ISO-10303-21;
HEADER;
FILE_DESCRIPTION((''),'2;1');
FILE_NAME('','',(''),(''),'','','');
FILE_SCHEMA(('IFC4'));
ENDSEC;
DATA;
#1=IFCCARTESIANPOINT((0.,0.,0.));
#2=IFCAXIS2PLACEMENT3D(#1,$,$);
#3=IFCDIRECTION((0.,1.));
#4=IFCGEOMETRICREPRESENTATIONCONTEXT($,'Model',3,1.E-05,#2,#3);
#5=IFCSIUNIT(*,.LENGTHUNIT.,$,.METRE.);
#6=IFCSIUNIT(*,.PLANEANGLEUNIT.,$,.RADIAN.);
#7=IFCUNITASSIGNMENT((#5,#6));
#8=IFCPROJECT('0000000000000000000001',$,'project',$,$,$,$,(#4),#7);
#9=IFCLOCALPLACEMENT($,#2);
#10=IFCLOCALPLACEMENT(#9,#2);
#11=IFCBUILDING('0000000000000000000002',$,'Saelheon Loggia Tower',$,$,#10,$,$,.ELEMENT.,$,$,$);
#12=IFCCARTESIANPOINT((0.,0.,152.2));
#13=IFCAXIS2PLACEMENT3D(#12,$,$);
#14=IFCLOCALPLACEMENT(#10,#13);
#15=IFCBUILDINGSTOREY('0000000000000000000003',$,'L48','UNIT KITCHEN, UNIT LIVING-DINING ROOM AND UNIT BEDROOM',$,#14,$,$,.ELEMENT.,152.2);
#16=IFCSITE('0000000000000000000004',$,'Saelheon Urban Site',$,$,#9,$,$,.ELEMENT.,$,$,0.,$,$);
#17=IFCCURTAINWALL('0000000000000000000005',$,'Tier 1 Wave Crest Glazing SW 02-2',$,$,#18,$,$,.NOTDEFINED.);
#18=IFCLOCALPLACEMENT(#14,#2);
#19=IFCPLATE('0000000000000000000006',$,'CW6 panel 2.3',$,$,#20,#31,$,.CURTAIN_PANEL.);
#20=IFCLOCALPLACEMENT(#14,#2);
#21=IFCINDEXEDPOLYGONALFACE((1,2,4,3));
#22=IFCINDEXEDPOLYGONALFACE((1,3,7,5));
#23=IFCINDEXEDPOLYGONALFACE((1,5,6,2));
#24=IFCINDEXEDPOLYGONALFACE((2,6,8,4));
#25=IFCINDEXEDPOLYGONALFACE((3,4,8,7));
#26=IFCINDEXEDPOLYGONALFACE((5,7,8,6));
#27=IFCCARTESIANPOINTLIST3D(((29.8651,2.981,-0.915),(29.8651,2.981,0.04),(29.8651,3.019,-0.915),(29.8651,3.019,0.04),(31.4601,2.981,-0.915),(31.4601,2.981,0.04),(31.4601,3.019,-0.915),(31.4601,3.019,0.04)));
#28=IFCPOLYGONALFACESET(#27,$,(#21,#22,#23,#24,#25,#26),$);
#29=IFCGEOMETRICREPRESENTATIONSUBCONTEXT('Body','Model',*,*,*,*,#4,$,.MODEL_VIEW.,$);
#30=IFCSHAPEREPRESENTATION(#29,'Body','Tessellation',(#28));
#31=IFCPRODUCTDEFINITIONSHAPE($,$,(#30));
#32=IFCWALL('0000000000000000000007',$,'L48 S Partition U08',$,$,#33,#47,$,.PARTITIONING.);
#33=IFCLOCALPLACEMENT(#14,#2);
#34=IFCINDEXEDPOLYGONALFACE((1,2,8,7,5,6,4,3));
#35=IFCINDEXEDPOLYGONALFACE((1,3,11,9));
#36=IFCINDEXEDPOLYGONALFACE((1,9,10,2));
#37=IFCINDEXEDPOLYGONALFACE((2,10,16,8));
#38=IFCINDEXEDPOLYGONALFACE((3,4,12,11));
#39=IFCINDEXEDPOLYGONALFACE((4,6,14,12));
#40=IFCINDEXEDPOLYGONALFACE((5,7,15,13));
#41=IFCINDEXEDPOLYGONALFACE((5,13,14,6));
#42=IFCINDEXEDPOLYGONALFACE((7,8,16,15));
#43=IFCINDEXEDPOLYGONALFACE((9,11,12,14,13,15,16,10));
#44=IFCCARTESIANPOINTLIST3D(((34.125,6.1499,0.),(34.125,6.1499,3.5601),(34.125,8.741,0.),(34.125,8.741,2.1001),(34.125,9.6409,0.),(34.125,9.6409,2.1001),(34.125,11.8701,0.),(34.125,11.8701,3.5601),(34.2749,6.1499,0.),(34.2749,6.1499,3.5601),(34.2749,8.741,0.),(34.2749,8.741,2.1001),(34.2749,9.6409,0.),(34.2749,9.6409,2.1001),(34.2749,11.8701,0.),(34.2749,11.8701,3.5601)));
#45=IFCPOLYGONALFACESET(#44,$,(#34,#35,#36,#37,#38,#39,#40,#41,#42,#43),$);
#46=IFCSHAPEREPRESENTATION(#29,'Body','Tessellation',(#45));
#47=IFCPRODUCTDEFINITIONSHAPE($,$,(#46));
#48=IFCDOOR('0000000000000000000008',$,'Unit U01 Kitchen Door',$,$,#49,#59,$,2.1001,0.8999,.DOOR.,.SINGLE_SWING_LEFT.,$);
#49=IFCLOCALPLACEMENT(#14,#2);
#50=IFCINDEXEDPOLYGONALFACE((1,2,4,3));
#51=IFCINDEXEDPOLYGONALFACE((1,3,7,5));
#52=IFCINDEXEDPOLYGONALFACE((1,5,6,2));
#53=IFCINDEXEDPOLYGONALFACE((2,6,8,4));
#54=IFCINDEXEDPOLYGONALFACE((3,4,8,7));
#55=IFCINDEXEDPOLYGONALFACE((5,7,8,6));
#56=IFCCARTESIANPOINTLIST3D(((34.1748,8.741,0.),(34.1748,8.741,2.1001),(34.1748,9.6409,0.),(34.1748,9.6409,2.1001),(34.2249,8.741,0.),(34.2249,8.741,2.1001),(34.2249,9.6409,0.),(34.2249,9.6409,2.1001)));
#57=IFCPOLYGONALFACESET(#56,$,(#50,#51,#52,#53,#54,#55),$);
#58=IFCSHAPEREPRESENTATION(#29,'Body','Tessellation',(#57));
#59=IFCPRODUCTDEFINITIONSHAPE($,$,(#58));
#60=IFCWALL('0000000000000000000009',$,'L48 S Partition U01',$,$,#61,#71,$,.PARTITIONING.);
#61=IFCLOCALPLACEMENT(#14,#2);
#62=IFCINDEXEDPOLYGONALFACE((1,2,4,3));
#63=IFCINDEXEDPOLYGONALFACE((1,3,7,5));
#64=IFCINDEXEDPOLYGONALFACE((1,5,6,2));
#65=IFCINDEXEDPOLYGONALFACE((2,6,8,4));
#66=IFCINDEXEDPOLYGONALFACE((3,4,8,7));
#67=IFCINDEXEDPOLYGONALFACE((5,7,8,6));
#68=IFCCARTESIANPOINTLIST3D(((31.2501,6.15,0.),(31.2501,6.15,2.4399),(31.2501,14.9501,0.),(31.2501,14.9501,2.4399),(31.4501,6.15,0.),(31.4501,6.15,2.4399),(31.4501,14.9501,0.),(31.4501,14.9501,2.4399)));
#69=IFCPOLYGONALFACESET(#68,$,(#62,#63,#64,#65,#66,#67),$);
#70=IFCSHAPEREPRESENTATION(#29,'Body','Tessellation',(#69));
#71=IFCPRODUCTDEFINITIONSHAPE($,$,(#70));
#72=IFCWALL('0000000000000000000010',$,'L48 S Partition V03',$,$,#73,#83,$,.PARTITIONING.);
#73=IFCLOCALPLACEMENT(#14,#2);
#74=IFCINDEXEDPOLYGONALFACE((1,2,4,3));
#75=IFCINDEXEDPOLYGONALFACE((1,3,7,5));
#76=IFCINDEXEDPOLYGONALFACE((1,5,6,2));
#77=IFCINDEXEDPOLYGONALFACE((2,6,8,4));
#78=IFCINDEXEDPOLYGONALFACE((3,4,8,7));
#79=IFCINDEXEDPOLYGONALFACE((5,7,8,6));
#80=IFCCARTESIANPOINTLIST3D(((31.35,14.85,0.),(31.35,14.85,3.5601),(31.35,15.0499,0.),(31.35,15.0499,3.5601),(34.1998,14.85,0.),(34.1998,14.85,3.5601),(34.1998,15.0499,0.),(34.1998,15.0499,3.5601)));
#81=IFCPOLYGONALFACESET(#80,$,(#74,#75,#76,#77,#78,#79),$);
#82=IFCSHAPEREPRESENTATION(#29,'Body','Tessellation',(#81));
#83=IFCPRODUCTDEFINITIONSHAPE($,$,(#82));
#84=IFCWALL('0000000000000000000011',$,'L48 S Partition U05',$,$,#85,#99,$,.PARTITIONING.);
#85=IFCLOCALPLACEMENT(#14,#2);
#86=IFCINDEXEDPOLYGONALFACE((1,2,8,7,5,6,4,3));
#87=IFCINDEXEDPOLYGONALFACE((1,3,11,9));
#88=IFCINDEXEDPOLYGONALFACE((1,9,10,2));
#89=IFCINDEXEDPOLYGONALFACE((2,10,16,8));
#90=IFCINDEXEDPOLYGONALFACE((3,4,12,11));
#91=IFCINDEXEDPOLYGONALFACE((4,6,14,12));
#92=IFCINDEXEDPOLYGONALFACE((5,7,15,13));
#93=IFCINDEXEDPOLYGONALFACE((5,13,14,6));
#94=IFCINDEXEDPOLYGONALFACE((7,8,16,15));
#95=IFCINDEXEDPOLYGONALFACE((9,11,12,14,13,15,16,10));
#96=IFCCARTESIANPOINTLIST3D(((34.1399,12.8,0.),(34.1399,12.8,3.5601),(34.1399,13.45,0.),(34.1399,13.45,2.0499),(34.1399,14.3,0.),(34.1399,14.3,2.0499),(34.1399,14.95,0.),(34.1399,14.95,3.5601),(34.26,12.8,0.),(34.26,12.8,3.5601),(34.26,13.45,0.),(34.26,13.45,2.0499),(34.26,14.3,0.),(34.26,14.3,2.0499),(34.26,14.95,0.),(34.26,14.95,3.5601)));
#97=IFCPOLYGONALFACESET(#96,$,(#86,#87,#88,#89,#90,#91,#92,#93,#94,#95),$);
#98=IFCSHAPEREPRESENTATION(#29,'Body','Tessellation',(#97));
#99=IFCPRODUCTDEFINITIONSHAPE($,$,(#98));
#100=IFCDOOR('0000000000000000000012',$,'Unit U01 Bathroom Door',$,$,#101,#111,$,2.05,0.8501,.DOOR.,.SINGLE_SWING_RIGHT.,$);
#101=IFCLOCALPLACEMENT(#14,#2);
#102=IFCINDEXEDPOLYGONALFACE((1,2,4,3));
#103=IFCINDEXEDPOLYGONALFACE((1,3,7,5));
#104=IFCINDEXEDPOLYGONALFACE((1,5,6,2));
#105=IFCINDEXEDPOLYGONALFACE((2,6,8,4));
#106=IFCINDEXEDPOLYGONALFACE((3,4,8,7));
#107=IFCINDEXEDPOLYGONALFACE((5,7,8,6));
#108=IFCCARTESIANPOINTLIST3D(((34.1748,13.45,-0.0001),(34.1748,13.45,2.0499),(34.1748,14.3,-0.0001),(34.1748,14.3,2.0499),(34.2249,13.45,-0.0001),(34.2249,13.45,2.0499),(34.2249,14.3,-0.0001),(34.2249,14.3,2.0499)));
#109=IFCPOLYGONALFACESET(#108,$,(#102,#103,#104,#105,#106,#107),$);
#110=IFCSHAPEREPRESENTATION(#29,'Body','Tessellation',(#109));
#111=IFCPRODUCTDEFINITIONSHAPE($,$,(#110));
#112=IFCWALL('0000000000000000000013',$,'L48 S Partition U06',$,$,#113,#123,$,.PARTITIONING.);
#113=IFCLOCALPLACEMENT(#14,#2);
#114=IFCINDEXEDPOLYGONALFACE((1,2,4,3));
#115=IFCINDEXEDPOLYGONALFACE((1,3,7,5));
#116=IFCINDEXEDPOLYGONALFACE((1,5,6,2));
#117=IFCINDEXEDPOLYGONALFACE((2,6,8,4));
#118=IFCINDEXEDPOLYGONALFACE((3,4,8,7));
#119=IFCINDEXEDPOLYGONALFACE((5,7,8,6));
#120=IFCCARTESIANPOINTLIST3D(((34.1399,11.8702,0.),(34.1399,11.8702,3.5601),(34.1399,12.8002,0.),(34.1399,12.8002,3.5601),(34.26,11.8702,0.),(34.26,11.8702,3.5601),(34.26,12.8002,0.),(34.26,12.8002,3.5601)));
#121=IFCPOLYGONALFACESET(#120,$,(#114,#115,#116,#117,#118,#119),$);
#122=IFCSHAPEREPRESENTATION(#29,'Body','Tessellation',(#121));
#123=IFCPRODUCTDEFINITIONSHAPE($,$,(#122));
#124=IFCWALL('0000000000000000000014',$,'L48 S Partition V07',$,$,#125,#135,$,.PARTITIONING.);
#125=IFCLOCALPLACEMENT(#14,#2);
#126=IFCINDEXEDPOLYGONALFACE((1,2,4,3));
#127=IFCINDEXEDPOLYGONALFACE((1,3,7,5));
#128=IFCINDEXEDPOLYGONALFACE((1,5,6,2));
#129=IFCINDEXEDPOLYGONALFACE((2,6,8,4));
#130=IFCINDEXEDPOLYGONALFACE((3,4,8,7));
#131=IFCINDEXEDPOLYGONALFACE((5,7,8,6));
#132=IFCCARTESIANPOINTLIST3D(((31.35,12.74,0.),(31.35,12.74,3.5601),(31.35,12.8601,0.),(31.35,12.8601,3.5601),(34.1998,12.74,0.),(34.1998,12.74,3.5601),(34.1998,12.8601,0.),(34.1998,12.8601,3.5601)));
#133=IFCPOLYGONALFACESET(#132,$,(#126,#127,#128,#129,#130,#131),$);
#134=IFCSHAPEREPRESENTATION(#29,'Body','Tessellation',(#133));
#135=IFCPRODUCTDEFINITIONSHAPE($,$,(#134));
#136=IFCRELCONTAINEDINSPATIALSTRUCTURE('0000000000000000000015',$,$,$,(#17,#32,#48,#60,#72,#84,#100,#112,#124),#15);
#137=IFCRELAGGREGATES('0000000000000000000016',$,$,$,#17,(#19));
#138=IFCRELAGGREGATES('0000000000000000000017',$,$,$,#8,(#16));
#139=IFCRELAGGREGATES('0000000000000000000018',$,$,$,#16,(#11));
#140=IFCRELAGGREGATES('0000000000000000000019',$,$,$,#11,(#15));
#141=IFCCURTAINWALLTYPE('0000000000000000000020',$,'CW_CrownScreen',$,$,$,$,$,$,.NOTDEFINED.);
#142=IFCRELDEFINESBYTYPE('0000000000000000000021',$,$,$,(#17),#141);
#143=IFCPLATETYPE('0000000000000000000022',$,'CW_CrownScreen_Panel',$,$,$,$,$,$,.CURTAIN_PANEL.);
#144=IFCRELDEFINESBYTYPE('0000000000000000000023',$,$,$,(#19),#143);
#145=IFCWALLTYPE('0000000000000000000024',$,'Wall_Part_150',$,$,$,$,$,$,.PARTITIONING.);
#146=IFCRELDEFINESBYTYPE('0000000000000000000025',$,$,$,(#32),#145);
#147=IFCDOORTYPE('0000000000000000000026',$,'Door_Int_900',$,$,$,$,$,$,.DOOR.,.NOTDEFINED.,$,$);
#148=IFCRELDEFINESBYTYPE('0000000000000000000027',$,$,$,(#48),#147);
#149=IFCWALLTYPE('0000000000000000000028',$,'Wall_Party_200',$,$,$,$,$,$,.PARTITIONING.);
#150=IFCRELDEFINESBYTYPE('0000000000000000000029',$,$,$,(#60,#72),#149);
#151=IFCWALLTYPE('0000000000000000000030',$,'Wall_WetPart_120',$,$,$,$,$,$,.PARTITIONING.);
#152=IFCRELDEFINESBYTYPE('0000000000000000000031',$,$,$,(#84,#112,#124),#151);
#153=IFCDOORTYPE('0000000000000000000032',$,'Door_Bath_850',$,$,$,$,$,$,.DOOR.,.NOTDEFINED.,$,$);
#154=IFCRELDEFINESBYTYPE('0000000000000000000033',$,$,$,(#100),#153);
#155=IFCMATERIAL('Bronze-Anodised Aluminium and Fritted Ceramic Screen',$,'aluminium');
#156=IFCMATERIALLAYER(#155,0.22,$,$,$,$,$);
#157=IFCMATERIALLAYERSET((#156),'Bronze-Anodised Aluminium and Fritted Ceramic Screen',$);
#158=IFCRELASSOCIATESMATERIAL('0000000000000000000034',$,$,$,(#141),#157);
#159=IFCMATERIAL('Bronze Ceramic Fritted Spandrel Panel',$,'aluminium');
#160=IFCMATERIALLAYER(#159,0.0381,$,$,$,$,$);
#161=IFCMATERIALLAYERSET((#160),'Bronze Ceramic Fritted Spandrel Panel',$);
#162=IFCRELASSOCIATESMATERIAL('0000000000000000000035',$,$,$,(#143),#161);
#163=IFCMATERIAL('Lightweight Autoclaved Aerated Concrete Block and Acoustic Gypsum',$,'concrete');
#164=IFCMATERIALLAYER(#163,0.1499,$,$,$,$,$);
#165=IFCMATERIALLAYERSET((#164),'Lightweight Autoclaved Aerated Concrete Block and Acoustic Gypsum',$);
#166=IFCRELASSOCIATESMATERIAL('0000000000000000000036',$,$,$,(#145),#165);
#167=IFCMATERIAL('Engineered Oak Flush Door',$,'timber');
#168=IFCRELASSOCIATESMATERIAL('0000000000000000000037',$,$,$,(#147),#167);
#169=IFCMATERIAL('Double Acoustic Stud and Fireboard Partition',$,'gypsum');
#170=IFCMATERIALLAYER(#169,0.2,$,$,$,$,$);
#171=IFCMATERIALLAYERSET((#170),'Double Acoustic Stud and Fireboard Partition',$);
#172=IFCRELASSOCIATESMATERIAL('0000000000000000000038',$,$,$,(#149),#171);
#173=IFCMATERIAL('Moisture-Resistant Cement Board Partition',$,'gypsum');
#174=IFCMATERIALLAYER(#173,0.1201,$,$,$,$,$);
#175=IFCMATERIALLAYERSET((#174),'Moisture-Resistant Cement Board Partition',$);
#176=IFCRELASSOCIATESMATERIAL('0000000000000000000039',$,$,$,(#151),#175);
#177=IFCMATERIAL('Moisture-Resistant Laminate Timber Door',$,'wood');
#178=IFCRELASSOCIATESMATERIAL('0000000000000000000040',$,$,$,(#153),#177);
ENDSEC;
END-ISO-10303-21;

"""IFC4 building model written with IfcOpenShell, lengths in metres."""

from ifc_helpers import new_model, si_unit, direction, frame, frame_2d, origin, origin_2d, place, context, subcontext, project, spatial, rectangle, extrude, source, transform, mapped, material, layer, layer_set, type_object, element, fill, aggregate, save


model = new_model("IFC4")

# Units and contexts
model_context = context("Model", 3, precision=1e-05, world=origin(), true_north=direction((0.0, 1.0)))
body_context = subcontext(model_context, "Body", "Model", "MODEL_VIEW")
ifc_project = project(units=[si_unit("LENGTHUNIT", "METRE"), si_unit("PLANEANGLEUNIT", "RADIAN")], contexts=[model_context])

# Site, building, storey
site_placement = place(None, origin())
site = spatial("IfcSite", under=ifc_project, at=site_placement, Name="Saelheon Urban Site", CompositionType="ELEMENT", RefElevation=0.0)
building_placement = place(site_placement, origin())
building = spatial("IfcBuilding", under=site, at=building_placement, Name="Saelheon Loggia Tower", CompositionType="ELEMENT")
storey_placement = place(building_placement, frame((0.0, 0.0, 152.2)))
storey = spatial("IfcBuildingStorey", under=building, at=storey_placement, Name="L48", Description="UNIT KITCHEN, UNIT LIVING-DINING ROOM AND UNIT BEDROOM", CompositionType="ELEMENT", Elevation=152.2)

# Curtain wall, plate
ifc_material_1 = material(Name="Bronze-Anodised Aluminium and Fritted Ceramic Screen", Category="aluminium")
ifc_layer_1 = layer(ifc_material_1, 0.22)
ifc_layer_set_1 = layer_set([ifc_layer_1], Name="Bronze-Anodised Aluminium and Fritted Ceramic Screen")
curtain_wall_type = type_object("IfcCurtainWallType", Name="CW_CrownScreen", PredefinedType="NOTDEFINED", material=ifc_layer_set_1)
curtain_wall_placement = place(storey_placement, origin())
curtain_wall = element("IfcCurtainWall", 1, at=curtain_wall_placement, inside=storey, type_object=curtain_wall_type, Name="Tier 1 Wave Crest Glazing SW 02-2", PredefinedType="NOTDEFINED")
ifc_material_2 = material(Name="Bronze Ceramic Fritted Spandrel Panel", Category="aluminium")
ifc_layer_2 = layer(ifc_material_2, 0.0381)
ifc_layer_set_2 = layer_set([ifc_layer_2], Name="Bronze Ceramic Fritted Spandrel Panel")
plate_type = type_object("IfcPlateType", Name="CW_CrownScreen_Panel", PredefinedType="CURTAIN_PANEL", material=ifc_layer_set_2)
shared_shape_1 = source(origin(), body_context, "Body", "SweptSolid", [
    extrude(rectangle(XDim=1.595, YDim=0.0381, at=origin_2d()), origin(), (0.0, 0.0, 1.0), 0.9551),
])
plate_1_placement = place(storey_placement, frame((30.6626, 3.0, -0.915), z_axis=(0.0, 0.0, 1.0), x_axis=(1.0, 0.0, 0.0)))
plate_1 = element("IfcPlate", 2, at=plate_1_placement, type_object=plate_type, Name="CW6 panel 2.3", PredefinedType="CURTAIN_PANEL", context=body_context, shape_type="MappedRepresentation", body=[
    mapped(shared_shape_1, transform((0.0, 0.0, 0.0), scale=1.0)),
])
aggregate(curtain_wall, [plate_1])

# Wall, opening, door
ifc_material_3 = material(Name="Lightweight Autoclaved Aerated Concrete Block and Acoustic Gypsum", Category="concrete")
ifc_layer_3 = layer(ifc_material_3, 0.1499)
ifc_layer_set_3 = layer_set([ifc_layer_3], Name="Lightweight Autoclaved Aerated Concrete Block and Acoustic Gypsum")
wall_type_1 = type_object("IfcWallType", Name="Wall_Part_150", PredefinedType="PARTITIONING", material=ifc_layer_set_3)
wall_1_placement = place(storey_placement, frame((34.2, 11.8701, 0.0), z_axis=(0.0, 0.0, 1.0), x_axis=(0.0, -1.0, 0.0)))
wall_1 = element("IfcWall", 3, at=wall_1_placement, inside=storey, type_object=wall_type_1, Name="L48 S Partition U08", PredefinedType="PARTITIONING", context=body_context, shape_type="SweptSolid", body=[
    extrude(rectangle(XDim=5.7202, YDim=0.1499, at=frame_2d((2.8601, 0.0))), origin(), (0.0, 0.0, 1.0), 3.5601),
])
opening_1_placement = place(wall_1_placement, frame((2.2292, 0.0, 0.0)))
opening_1 = element("IfcOpeningElement", 4, at=opening_1_placement, cuts=wall_1, PredefinedType="OPENING", context=body_context, shape_type="SweptSolid", body=[
    extrude(rectangle(XDim=0.8999, YDim=2.1001, at=frame_2d((0.45, 1.05))), frame((0.0, 0.0869, 0.0), z_axis=(0.0, -1.0, 0.0), x_axis=(1.0, 0.0, 0.0)), (0.0, 0.0, 1.0), 0.1738),
])
ifc_material_4 = material(Name="Engineered Oak Flush Door", Category="timber")
door_type_1 = type_object("IfcDoorType", Name="Door_Int_900", OperationType="NOTDEFINED", PredefinedType="DOOR", material=ifc_material_4)
shared_shape_2 = source(origin(), body_context, "Body", "SweptSolid", [
    extrude(rectangle(XDim=0.8999, YDim=2.1001, at=frame_2d((0.45, 1.05))), frame((0.0, 0.0249, 0.0), z_axis=(0.0, -1.0, 0.0), x_axis=(1.0, 0.0, 0.0)), (0.0, 0.0, 1.0), 0.05),
])
door_1_placement = place(opening_1_placement, origin())
door_1 = element("IfcDoor", 5, at=door_1_placement, inside=storey, type_object=door_type_1, Name="Unit U01 Kitchen Door", OperationType="SINGLE_SWING_LEFT", OverallHeight=2.1001, OverallWidth=0.8999, PredefinedType="DOOR", context=body_context, shape_type="MappedRepresentation", body=[
    mapped(shared_shape_2, transform((0.0, 0.0, 0.0), scale=1.0)),
])
fill(opening_1, door_1)

# Walls
ifc_material_5 = material(Name="Double Acoustic Stud and Fireboard Partition", Category="gypsum")
ifc_layer_4 = layer(ifc_material_5, 0.2)
ifc_layer_set_4 = layer_set([ifc_layer_4], Name="Double Acoustic Stud and Fireboard Partition")
wall_type_2 = type_object("IfcWallType", Name="Wall_Party_200", PredefinedType="PARTITIONING", material=ifc_layer_set_4)
wall_2_placement = place(storey_placement, frame((31.3501, 14.95, 0.0), z_axis=(0.0, 0.0, 1.0), x_axis=(0.0, -1.0, 0.0)))
element("IfcWall", 6, at=wall_2_placement, inside=storey, type_object=wall_type_2, Name="L48 S Partition U01", PredefinedType="PARTITIONING", context=body_context, shape_type="SweptSolid", body=[
    extrude(rectangle(XDim=8.8, YDim=0.2, at=frame_2d((4.3999, 0.0))), origin(), (0.0, 0.0, 1.0), 2.4399),
])
wall_3_placement = place(storey_placement, frame((31.3501, 14.95, 0.0), z_axis=(0.0, 0.0, 1.0), x_axis=(1.0, 0.0, 0.0)))
element("IfcWall", 7, at=wall_3_placement, inside=storey, type_object=wall_type_2, Name="L48 S Partition V03", PredefinedType="PARTITIONING", context=body_context, shape_type="SweptSolid", body=[
    extrude(rectangle(XDim=2.8499, YDim=0.2, at=frame_2d((1.4248, 0.0))), origin(), (0.0, 0.0, 1.0), 3.5601),
])

# Wall, opening, door
ifc_material_6 = material(Name="Moisture-Resistant Cement Board Partition", Category="gypsum")
ifc_layer_5 = layer(ifc_material_6, 0.1201)
ifc_layer_set_5 = layer_set([ifc_layer_5], Name="Moisture-Resistant Cement Board Partition")
wall_type_3 = type_object("IfcWallType", Name="Wall_WetPart_120", PredefinedType="PARTITIONING", material=ifc_layer_set_5)
wall_4_placement = place(storey_placement, frame((34.2, 14.95, 0.0), z_axis=(0.0, 0.0, 1.0), x_axis=(0.0, -1.0, 0.0)))
wall_4 = element("IfcWall", 8, at=wall_4_placement, inside=storey, type_object=wall_type_3, Name="L48 S Partition U05", PredefinedType="PARTITIONING", context=body_context, shape_type="SweptSolid", body=[
    extrude(rectangle(XDim=2.1499, YDim=0.1201, at=frame_2d((1.075, 0.0))), origin(), (0.0, 0.0, 1.0), 3.5601),
])
opening_2_placement = place(wall_4_placement, frame((0.6499, 0.0, 0.0)))
opening_2 = element("IfcOpeningElement", 9, at=opening_2_placement, cuts=wall_4, PredefinedType="OPENING", context=body_context, shape_type="SweptSolid", body=[
    extrude(rectangle(XDim=0.8501, YDim=2.05, at=frame_2d((0.425, 1.0249))), frame((0.0, 0.072, 0.0), z_axis=(0.0, -1.0, 0.0), x_axis=(1.0, 0.0, 0.0)), (0.0, 0.0, 1.0), 0.144),
])
ifc_material_7 = material(Name="Moisture-Resistant Laminate Timber Door", Category="wood")
door_type_2 = type_object("IfcDoorType", Name="Door_Bath_850", OperationType="NOTDEFINED", PredefinedType="DOOR", material=ifc_material_7)
shared_shape_3 = source(origin(), body_context, "Body", "SweptSolid", [
    extrude(rectangle(XDim=0.8501, YDim=2.05, at=frame_2d((0.425, 1.0249))), frame((0.0, 0.0249, 0.0), z_axis=(0.0, -1.0, 0.0), x_axis=(1.0, 0.0, 0.0)), (0.0, 0.0, 1.0), 0.05),
])
door_2_placement = place(opening_2_placement, origin())
door_2 = element("IfcDoor", 10, at=door_2_placement, inside=storey, type_object=door_type_2, Name="Unit U01 Bathroom Door", OperationType="SINGLE_SWING_RIGHT", OverallHeight=2.05, OverallWidth=0.8501, PredefinedType="DOOR", context=body_context, shape_type="MappedRepresentation", body=[
    mapped(shared_shape_3, transform((0.0, 0.0, 0.0), scale=1.0)),
])
fill(opening_2, door_2)

# Walls
wall_5_placement = place(storey_placement, frame((34.2, 12.8, 0.0), z_axis=(0.0, 0.0, 1.0), x_axis=(0.0, -1.0, 0.0)))
element("IfcWall", 11, at=wall_5_placement, inside=storey, type_object=wall_type_3, Name="L48 S Partition U06", PredefinedType="PARTITIONING", context=body_context, shape_type="SweptSolid", body=[
    extrude(rectangle(XDim=0.9299, YDim=0.1201, at=frame_2d((0.4648, 0.0))), origin(), (0.0, 0.0, 1.0), 3.5601),
])
wall_6_placement = place(storey_placement, frame((31.3501, 12.8, 0.0), z_axis=(0.0, 0.0, 1.0), x_axis=(1.0, 0.0, 0.0)))
element("IfcWall", 12, at=wall_6_placement, inside=storey, type_object=wall_type_3, Name="L48 S Partition V07", PredefinedType="PARTITIONING", context=body_context, shape_type="SweptSolid", body=[
    extrude(rectangle(XDim=2.8499, YDim=0.1201, at=frame_2d((1.4248, 0.0))), origin(), (0.0, 0.0, 1.0), 3.5601),
])

save(model, "model.ifc")
